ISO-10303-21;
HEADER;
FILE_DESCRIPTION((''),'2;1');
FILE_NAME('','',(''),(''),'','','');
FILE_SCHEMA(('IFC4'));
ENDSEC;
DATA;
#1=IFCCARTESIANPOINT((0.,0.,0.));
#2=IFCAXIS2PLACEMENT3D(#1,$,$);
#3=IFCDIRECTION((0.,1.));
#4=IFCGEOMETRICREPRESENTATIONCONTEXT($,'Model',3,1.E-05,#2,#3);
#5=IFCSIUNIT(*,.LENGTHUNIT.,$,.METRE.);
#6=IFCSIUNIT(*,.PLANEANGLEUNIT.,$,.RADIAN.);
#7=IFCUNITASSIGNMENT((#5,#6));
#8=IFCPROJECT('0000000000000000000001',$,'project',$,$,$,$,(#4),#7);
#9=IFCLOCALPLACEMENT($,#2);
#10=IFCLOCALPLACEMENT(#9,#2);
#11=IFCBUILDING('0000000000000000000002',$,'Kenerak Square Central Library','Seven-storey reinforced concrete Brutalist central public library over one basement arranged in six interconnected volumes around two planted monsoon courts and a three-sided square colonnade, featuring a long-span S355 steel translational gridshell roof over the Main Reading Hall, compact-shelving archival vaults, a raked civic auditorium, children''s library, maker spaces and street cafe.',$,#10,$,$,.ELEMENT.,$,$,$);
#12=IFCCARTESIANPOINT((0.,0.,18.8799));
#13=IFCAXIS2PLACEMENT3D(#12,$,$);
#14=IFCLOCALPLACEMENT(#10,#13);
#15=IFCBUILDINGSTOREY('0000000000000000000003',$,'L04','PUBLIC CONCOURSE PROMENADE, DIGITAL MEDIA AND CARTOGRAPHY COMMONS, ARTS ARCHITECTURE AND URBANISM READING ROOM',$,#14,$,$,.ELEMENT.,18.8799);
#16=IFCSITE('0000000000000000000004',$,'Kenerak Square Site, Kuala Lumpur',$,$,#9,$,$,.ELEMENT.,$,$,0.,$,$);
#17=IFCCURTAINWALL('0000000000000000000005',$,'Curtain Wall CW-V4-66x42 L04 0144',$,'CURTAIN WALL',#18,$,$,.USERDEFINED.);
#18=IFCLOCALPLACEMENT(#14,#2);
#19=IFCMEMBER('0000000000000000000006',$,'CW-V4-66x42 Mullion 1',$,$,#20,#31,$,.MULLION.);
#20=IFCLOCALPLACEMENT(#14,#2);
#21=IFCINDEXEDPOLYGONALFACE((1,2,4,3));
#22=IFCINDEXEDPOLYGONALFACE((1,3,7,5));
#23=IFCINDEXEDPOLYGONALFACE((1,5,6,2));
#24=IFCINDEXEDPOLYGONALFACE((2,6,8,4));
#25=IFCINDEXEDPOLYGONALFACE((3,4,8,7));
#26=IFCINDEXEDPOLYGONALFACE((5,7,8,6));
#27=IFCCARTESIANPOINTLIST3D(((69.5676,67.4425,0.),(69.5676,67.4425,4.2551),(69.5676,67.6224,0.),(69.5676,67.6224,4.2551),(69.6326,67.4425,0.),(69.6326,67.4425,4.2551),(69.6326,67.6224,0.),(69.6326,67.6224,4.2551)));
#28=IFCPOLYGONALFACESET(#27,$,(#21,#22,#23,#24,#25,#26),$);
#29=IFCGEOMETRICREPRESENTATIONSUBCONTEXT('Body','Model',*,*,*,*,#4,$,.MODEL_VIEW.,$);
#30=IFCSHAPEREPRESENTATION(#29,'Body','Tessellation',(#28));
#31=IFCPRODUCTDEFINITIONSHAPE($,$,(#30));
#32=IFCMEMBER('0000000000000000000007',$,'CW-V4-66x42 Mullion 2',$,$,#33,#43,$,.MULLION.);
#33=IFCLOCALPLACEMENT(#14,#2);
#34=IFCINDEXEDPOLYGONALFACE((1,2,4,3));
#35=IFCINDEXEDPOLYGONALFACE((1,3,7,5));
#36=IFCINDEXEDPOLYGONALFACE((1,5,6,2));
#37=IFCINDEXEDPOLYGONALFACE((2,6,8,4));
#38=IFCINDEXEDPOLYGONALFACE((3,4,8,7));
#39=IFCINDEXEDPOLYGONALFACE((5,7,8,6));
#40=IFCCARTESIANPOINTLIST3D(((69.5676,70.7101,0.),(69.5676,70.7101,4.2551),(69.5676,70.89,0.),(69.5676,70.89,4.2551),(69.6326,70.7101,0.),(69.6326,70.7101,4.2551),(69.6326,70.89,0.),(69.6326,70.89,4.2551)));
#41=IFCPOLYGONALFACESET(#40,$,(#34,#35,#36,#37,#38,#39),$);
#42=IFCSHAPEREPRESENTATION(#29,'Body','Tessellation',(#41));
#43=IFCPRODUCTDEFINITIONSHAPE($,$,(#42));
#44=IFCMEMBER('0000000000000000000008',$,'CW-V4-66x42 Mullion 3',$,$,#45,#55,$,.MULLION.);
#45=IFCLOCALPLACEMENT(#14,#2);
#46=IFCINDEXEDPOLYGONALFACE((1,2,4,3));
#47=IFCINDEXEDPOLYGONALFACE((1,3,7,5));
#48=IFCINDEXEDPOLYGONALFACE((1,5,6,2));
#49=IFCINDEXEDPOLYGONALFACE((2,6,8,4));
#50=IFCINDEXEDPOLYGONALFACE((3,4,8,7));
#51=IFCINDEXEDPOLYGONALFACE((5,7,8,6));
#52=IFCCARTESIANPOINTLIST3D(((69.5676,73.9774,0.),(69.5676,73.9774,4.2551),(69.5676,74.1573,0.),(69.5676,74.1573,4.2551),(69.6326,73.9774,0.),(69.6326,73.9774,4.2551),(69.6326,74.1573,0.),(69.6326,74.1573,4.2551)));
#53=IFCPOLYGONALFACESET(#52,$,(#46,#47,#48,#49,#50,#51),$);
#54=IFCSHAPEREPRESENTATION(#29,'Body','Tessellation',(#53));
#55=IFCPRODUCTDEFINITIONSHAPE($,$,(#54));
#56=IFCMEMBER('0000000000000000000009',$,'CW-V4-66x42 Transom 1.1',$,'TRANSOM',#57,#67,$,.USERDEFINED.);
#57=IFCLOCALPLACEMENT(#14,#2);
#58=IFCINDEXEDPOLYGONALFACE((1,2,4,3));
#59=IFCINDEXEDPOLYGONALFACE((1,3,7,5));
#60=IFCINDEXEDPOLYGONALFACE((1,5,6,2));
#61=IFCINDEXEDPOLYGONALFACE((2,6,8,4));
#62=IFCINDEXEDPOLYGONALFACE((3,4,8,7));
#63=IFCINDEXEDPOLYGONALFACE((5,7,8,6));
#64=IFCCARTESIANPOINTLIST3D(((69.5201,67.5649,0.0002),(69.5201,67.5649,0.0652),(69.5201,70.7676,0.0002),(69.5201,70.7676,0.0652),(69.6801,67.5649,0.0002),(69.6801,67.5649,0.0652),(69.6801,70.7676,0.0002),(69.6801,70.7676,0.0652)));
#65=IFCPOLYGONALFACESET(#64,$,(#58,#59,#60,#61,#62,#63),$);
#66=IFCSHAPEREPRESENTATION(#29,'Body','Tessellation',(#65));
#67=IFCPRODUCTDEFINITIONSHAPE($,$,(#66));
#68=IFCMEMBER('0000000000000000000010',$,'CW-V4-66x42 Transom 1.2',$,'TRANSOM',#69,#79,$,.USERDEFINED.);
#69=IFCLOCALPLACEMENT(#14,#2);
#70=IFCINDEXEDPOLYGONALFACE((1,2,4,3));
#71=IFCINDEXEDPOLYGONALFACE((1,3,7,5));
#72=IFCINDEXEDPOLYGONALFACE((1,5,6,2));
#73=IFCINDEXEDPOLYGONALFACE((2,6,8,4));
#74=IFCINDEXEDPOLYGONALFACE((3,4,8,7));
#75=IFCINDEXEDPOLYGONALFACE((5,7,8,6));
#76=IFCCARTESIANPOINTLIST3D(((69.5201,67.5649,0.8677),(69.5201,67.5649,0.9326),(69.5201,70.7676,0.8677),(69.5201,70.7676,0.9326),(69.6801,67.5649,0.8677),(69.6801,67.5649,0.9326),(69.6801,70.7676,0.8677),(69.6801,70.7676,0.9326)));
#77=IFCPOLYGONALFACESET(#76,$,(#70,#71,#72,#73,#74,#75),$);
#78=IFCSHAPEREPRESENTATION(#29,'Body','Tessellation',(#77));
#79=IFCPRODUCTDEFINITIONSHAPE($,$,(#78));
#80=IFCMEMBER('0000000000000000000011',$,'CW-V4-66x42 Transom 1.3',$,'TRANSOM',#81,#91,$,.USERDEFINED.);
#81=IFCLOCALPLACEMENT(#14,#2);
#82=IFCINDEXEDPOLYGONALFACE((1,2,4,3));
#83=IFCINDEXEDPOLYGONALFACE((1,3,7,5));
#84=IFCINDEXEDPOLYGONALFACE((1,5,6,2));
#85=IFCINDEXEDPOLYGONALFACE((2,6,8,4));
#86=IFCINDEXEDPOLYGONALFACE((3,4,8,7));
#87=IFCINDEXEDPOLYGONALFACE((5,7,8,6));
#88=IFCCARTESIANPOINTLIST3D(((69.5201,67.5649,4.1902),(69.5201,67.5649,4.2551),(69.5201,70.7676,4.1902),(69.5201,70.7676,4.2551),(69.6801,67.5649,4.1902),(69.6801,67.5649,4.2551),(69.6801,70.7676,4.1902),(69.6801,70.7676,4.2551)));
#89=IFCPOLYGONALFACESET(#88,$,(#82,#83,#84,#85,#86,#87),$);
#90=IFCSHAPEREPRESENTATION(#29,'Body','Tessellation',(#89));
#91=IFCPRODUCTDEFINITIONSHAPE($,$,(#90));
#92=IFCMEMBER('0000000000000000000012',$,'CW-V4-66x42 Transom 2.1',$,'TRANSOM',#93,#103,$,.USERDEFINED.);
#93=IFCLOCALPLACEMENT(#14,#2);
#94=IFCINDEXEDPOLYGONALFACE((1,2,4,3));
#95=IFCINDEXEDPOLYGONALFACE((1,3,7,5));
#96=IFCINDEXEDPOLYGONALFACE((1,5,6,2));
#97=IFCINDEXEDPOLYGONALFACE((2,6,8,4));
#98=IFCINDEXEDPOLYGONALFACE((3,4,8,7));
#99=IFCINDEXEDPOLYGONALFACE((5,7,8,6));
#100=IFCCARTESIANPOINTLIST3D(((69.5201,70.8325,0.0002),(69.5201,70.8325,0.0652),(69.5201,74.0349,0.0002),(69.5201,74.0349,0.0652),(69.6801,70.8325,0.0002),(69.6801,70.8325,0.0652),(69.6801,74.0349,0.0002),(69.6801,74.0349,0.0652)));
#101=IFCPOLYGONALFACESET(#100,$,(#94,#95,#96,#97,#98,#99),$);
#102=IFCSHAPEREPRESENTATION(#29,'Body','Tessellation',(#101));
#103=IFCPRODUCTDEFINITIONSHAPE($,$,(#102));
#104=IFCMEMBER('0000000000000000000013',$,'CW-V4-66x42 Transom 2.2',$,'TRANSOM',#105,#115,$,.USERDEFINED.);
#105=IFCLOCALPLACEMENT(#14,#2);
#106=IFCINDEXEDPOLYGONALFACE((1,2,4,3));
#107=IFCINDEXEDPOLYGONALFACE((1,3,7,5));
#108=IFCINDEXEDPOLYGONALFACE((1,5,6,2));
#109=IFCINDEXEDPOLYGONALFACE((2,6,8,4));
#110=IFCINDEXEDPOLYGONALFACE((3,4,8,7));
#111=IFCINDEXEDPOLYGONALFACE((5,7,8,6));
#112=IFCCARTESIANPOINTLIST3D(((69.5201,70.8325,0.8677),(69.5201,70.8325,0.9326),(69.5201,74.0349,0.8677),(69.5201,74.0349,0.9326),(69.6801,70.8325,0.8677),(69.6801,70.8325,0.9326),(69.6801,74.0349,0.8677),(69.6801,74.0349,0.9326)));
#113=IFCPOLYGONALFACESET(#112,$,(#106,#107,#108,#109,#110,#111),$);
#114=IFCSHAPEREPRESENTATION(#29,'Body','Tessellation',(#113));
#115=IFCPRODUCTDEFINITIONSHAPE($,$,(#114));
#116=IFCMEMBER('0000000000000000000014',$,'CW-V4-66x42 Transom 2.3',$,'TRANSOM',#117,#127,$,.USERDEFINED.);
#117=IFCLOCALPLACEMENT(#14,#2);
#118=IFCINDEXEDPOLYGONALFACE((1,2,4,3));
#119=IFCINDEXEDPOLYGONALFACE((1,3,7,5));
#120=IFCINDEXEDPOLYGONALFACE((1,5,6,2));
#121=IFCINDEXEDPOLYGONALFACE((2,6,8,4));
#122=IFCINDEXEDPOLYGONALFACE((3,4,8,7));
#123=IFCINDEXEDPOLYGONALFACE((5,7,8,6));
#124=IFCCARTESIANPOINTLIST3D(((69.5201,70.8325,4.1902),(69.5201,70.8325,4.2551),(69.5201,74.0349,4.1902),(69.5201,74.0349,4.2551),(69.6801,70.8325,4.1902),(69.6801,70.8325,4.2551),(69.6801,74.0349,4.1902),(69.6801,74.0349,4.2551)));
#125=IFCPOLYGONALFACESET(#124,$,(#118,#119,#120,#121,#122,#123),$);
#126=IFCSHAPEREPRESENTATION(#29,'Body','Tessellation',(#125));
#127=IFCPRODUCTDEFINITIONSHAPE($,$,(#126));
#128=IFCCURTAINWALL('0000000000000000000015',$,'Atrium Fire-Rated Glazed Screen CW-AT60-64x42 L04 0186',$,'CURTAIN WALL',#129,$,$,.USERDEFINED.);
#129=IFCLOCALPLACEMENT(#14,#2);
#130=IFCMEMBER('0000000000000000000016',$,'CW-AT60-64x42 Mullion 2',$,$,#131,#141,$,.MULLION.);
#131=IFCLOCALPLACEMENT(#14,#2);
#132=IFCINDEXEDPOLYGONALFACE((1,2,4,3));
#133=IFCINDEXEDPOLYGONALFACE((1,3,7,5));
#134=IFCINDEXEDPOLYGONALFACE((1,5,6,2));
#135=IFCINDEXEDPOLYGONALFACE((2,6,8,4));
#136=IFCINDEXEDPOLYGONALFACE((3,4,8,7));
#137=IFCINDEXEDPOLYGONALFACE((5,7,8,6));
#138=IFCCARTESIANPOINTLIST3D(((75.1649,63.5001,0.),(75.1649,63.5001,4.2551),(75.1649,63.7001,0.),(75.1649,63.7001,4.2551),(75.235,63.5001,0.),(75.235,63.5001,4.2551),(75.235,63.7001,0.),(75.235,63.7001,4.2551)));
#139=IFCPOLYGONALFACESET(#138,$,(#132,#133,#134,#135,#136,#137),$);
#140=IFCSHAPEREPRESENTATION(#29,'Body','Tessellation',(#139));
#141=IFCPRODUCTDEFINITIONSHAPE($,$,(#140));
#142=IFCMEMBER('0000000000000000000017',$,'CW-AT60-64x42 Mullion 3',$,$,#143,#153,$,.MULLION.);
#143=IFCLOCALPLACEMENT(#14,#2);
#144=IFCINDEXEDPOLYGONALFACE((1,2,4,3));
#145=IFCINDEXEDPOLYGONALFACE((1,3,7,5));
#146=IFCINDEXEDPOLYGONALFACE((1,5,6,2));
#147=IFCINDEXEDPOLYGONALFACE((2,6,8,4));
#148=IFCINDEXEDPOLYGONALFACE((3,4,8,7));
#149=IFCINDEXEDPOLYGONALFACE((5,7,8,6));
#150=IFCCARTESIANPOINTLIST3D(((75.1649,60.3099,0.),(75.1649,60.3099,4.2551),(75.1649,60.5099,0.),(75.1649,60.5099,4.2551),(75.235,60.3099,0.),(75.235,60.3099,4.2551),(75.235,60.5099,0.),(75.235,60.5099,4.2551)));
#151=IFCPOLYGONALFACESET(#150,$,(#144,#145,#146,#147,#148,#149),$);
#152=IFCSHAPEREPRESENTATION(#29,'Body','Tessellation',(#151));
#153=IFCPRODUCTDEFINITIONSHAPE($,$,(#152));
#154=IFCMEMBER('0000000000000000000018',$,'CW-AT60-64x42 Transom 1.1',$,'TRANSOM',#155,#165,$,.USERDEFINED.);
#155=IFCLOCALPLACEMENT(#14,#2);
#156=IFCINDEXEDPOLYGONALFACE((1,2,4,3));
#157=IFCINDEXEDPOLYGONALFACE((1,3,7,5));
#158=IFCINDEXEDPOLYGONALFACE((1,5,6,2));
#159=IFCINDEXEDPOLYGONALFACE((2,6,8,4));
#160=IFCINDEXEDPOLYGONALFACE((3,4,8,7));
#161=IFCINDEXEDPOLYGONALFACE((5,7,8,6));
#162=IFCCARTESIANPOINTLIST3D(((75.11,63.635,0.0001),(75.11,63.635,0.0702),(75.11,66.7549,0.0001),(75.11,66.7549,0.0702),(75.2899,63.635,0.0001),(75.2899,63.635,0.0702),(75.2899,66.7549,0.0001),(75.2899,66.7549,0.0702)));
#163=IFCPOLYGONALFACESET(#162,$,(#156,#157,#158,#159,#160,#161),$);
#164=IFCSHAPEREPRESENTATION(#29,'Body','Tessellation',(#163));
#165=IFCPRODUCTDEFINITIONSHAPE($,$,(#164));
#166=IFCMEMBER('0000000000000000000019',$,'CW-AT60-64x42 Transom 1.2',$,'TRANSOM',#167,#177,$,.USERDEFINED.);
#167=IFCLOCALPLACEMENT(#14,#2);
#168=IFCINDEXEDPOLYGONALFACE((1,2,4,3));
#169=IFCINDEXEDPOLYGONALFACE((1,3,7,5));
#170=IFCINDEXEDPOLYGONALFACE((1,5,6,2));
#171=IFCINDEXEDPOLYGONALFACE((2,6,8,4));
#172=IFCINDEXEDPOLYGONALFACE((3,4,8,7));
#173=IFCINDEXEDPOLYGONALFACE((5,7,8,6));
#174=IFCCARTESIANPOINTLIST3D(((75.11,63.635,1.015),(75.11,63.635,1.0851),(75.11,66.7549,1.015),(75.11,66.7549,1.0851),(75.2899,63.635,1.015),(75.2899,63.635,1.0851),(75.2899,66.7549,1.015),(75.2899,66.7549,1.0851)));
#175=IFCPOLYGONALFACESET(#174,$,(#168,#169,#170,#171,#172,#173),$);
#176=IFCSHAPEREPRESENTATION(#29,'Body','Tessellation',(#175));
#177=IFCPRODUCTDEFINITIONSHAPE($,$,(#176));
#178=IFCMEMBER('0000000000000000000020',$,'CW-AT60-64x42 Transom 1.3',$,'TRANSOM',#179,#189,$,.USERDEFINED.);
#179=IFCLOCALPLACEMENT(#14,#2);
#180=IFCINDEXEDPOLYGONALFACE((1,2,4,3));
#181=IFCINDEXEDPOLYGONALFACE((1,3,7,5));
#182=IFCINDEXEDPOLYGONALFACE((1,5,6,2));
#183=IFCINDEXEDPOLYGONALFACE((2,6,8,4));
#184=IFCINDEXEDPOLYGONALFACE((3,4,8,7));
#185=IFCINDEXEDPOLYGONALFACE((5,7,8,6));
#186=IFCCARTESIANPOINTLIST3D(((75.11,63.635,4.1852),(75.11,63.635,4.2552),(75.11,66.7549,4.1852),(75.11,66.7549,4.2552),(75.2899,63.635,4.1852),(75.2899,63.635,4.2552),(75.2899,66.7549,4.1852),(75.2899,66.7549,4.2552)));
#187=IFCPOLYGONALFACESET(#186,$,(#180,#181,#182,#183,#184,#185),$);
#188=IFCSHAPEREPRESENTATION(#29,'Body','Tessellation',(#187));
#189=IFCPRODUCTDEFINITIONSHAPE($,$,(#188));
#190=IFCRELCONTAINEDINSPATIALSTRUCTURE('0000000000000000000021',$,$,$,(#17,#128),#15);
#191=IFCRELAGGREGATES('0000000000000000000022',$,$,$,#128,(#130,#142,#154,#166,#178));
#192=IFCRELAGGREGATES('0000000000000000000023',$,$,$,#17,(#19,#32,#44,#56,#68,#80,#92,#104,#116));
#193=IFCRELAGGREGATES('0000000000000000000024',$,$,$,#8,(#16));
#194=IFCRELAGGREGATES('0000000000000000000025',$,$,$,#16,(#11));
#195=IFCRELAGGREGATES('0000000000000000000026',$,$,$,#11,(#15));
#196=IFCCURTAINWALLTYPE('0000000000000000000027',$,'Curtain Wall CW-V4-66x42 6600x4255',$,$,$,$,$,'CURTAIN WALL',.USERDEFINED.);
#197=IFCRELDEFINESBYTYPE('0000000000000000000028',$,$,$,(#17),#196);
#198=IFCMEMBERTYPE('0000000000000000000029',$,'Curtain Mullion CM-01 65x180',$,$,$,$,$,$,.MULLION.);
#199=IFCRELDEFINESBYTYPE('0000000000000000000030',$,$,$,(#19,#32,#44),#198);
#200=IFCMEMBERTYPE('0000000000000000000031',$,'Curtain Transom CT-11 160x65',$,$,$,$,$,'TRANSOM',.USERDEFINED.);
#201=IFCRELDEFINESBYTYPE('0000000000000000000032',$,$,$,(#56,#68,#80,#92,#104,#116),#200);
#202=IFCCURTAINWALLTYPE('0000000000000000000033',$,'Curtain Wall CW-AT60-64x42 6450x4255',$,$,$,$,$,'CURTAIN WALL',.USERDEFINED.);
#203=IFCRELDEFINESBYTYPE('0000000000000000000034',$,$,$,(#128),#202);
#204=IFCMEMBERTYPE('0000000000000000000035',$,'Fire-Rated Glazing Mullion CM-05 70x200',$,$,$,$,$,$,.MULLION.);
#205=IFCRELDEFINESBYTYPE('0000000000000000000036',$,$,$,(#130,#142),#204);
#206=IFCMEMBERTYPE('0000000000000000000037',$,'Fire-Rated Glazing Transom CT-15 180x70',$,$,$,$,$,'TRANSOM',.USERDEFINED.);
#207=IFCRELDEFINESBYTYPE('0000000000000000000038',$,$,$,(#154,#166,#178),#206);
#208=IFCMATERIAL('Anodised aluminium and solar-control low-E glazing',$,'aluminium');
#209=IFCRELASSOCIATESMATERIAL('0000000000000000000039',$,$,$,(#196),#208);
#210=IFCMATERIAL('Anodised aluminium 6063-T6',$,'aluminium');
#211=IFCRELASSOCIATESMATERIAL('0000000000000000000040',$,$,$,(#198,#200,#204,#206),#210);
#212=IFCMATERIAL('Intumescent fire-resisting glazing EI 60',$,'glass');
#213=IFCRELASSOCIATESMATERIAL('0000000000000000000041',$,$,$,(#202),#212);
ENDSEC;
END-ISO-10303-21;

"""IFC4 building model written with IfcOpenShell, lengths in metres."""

from ifc_helpers import new_model, si_unit, direction, frame, origin, origin_2d, place, context, subcontext, project, spatial, rectangle, extrude, material, material_profile, profile_set, type_object, element, aggregate, save


model = new_model("IFC4")

# Units and contexts
model_context = context("Model", 3, precision=1e-05, world=origin(), true_north=direction((0.0, 1.0)))
body_context = subcontext(model_context, "Body", "Model", "MODEL_VIEW")
ifc_project = project(units=[si_unit("LENGTHUNIT", "METRE"), si_unit("PLANEANGLEUNIT", "RADIAN")], contexts=[model_context])

# Site, building, storey
site_placement = place(None, origin())
site = spatial("IfcSite", under=ifc_project, at=site_placement, Name="Kenerak Square Site, Kuala Lumpur", CompositionType="ELEMENT", RefElevation=0.0)
building_placement = place(site_placement, origin())
building = spatial("IfcBuilding", under=site, at=building_placement, Name="Kenerak Square Central Library", Description="Seven-storey reinforced concrete Brutalist central public library over one basement arranged in six interconnected volumes around two planted monsoon courts and a three-sided square colonnade, featuring a long-span S355 steel translational gridshell roof over the Main Reading Hall, compact-shelving archival vaults, a raked civic auditorium, children's library, maker spaces and street cafe.", CompositionType="ELEMENT")
storey_placement = place(building_placement, frame((0.0, 0.0, 18.8799)))
storey = spatial("IfcBuildingStorey", under=building, at=storey_placement, Name="L04", Description="PUBLIC CONCOURSE PROMENADE, DIGITAL MEDIA AND CARTOGRAPHY COMMONS, ARTS ARCHITECTURE AND URBANISM READING ROOM", CompositionType="ELEMENT", Elevation=18.8799)

# Curtain walls, members
ifc_material_1 = material(Name="Anodised aluminium and solar-control low-E glazing", Category="aluminium")
curtain_wall_type_1 = type_object("IfcCurtainWallType", Name="Curtain Wall CW-V4-66x42 6600x4255", ElementType="CURTAIN WALL", PredefinedType="USERDEFINED", material=ifc_material_1)
curtain_wall_1_placement = place(storey_placement, origin())
curtain_wall_1 = element("IfcCurtainWall", 1, at=curtain_wall_1_placement, inside=storey, type_object=curtain_wall_type_1, Name="Curtain Wall CW-V4-66x42 L04 0144", ObjectType="CURTAIN WALL", PredefinedType="USERDEFINED")
ifc_material_2 = material(Name="Anodised aluminium 6063-T6", Category="aluminium")
ifc_material_profile_1 = material_profile(ifc_material_2, rectangle(XDim=0.0649, YDim=0.1799, at=origin_2d()), Name="AL MULLION 65x180")
ifc_profile_set_1 = profile_set([ifc_material_profile_1], Name="Anodised aluminium 6063-T6")
member_type_1 = type_object("IfcMemberType", Name="Curtain Mullion CM-01 65x180", PredefinedType="MULLION", material=ifc_profile_set_1)
member_1_placement = place(storey_placement, frame((69.6001, 67.5325, 0.0), z_axis=(0.0, 0.0, 1.0), x_axis=(-1.0, 0.0, 0.0)))
member_1 = element("IfcMember", 2, at=member_1_placement, type_object=member_type_1, Name="CW-V4-66x42 Mullion 1", PredefinedType="MULLION", context=body_context, shape_type="SweptSolid", body=[
    extrude(rectangle(XDim=0.0649, YDim=0.1799, at=origin_2d()), origin(), (0.0, 0.0, 1.0), 4.2551),
])
member_2_placement = place(storey_placement, frame((69.6001, 70.8, 0.0), z_axis=(0.0, 0.0, 1.0), x_axis=(-1.0, 0.0, 0.0)))
member_2 = element("IfcMember", 3, at=member_2_placement, type_object=member_type_1, Name="CW-V4-66x42 Mullion 2", PredefinedType="MULLION", context=body_context, shape_type="SweptSolid", body=[
    extrude(rectangle(XDim=0.0649, YDim=0.1799, at=origin_2d()), origin(), (0.0, 0.0, 1.0), 4.2551),
])
member_3_placement = place(storey_placement, frame((69.6001, 74.0674, 0.0), z_axis=(0.0, 0.0, 1.0), x_axis=(-1.0, 0.0, 0.0)))
member_3 = element("IfcMember", 4, at=member_3_placement, type_object=member_type_1, Name="CW-V4-66x42 Mullion 3", PredefinedType="MULLION", context=body_context, shape_type="SweptSolid", body=[
    extrude(rectangle(XDim=0.0649, YDim=0.1799, at=origin_2d()), origin(), (0.0, 0.0, 1.0), 4.2551),
])
ifc_material_profile_2 = material_profile(ifc_material_2, rectangle(XDim=0.1599, YDim=0.0649, at=origin_2d()), Name="AL TRANSOM 160x65")
ifc_profile_set_2 = profile_set([ifc_material_profile_2], Name="Anodised aluminium 6063-T6")
member_type_2 = type_object("IfcMemberType", Name="Curtain Transom CT-11 160x65", ElementType="TRANSOM", PredefinedType="USERDEFINED", material=ifc_profile_set_2)
member_4_placement = place(storey_placement, frame((69.6001, 67.5649, 0.0327), z_axis=(0.0, 1.0, 0.0), x_axis=(-1.0, 0.0, 0.0)))
member_4 = element("IfcMember", 5, at=member_4_placement, type_object=member_type_2, Name="CW-V4-66x42 Transom 1.1", ObjectType="TRANSOM", PredefinedType="USERDEFINED", context=body_context, shape_type="SweptSolid", body=[
    extrude(rectangle(XDim=0.1599, YDim=0.0649, at=origin_2d()), origin(), (0.0, 0.0, 1.0), 3.2026),
])
member_5_placement = place(storey_placement, frame((69.6001, 67.5649, 0.9001), z_axis=(0.0, 1.0, 0.0), x_axis=(-1.0, 0.0, 0.0)))
member_5 = element("IfcMember", 6, at=member_5_placement, type_object=member_type_2, Name="CW-V4-66x42 Transom 1.2", ObjectType="TRANSOM", PredefinedType="USERDEFINED", context=body_context, shape_type="SweptSolid", body=[
    extrude(rectangle(XDim=0.1599, YDim=0.0649, at=origin_2d()), origin(), (0.0, 0.0, 1.0), 3.2026),
])
member_6_placement = place(storey_placement, frame((69.6001, 67.5649, 4.2227), z_axis=(0.0, 1.0, 0.0), x_axis=(-1.0, 0.0, 0.0)))
member_6 = element("IfcMember", 7, at=member_6_placement, type_object=member_type_2, Name="CW-V4-66x42 Transom 1.3", ObjectType="TRANSOM", PredefinedType="USERDEFINED", context=body_context, shape_type="SweptSolid", body=[
    extrude(rectangle(XDim=0.1599, YDim=0.0649, at=origin_2d()), origin(), (0.0, 0.0, 1.0), 3.2026),
])
member_7_placement = place(storey_placement, frame((69.6001, 70.8325, 0.0327), z_axis=(0.0, 1.0, 0.0), x_axis=(-1.0, 0.0, 0.0)))
member_7 = element("IfcMember", 8, at=member_7_placement, type_object=member_type_2, Name="CW-V4-66x42 Transom 2.1", ObjectType="TRANSOM", PredefinedType="USERDEFINED", context=body_context, shape_type="SweptSolid", body=[
    extrude(rectangle(XDim=0.1599, YDim=0.0649, at=origin_2d()), origin(), (0.0, 0.0, 1.0), 3.2024),
])
member_8_placement = place(storey_placement, frame((69.6001, 70.8325, 0.9001), z_axis=(0.0, 1.0, 0.0), x_axis=(-1.0, 0.0, 0.0)))
member_8 = element("IfcMember", 9, at=member_8_placement, type_object=member_type_2, Name="CW-V4-66x42 Transom 2.2", ObjectType="TRANSOM", PredefinedType="USERDEFINED", context=body_context, shape_type="SweptSolid", body=[
    extrude(rectangle(XDim=0.1599, YDim=0.0649, at=origin_2d()), origin(), (0.0, 0.0, 1.0), 3.2024),
])
member_9_placement = place(storey_placement, frame((69.6001, 70.8325, 4.2227), z_axis=(0.0, 1.0, 0.0), x_axis=(-1.0, 0.0, 0.0)))
member_9 = element("IfcMember", 10, at=member_9_placement, type_object=member_type_2, Name="CW-V4-66x42 Transom 2.3", ObjectType="TRANSOM", PredefinedType="USERDEFINED", context=body_context, shape_type="SweptSolid", body=[
    extrude(rectangle(XDim=0.1599, YDim=0.0649, at=origin_2d()), origin(), (0.0, 0.0, 1.0), 3.2024),
])
ifc_material_3 = material(Name="Intumescent fire-resisting glazing EI 60", Category="glass")
curtain_wall_type_2 = type_object("IfcCurtainWallType", Name="Curtain Wall CW-AT60-64x42 6450x4255", ElementType="CURTAIN WALL", PredefinedType="USERDEFINED", material=ifc_material_3)
curtain_wall_2_placement = place(storey_placement, origin())
curtain_wall_2 = element("IfcCurtainWall", 11, at=curtain_wall_2_placement, inside=storey, type_object=curtain_wall_type_2, Name="Atrium Fire-Rated Glazed Screen CW-AT60-64x42 L04 0186", ObjectType="CURTAIN WALL", PredefinedType="USERDEFINED")
ifc_material_profile_3 = material_profile(ifc_material_2, rectangle(XDim=0.0701, YDim=0.2, at=origin_2d()), Name="AL MULLION 70x200")
ifc_profile_set_3 = profile_set([ifc_material_profile_3], Name="Anodised aluminium 6063-T6")
member_type_3 = type_object("IfcMemberType", Name="Fire-Rated Glazing Mullion CM-05 70x200", PredefinedType="MULLION", material=ifc_profile_set_3)
member_10_placement = place(storey_placement, frame((75.2, 63.6001, 0.0), z_axis=(0.0, 0.0, 1.0), x_axis=(1.0, 0.0, 0.0)))
member_10 = element("IfcMember", 12, at=member_10_placement, type_object=member_type_3, Name="CW-AT60-64x42 Mullion 2", PredefinedType="MULLION", context=body_context, shape_type="SweptSolid", body=[
    extrude(rectangle(XDim=0.0701, YDim=0.2, at=origin_2d()), origin(), (0.0, 0.0, 1.0), 4.2551),
])
member_11_placement = place(storey_placement, frame((75.2, 60.4099, 0.0), z_axis=(0.0, 0.0, 1.0), x_axis=(1.0, 0.0, 0.0)))
member_11 = element("IfcMember", 13, at=member_11_placement, type_object=member_type_3, Name="CW-AT60-64x42 Mullion 3", PredefinedType="MULLION", context=body_context, shape_type="SweptSolid", body=[
    extrude(rectangle(XDim=0.0701, YDim=0.2, at=origin_2d()), origin(), (0.0, 0.0, 1.0), 4.2551),
])
ifc_material_profile_4 = material_profile(ifc_material_2, rectangle(XDim=0.1799, YDim=0.0701, at=origin_2d()), Name="AL TRANSOM 180x70")
ifc_profile_set_4 = profile_set([ifc_material_profile_4], Name="Anodised aluminium 6063-T6")
member_type_4 = type_object("IfcMemberType", Name="Fire-Rated Glazing Transom CT-15 180x70", ElementType="TRANSOM", PredefinedType="USERDEFINED", material=ifc_profile_set_4)
member_12_placement = place(storey_placement, frame((75.2, 66.7549, 0.0352), z_axis=(0.0, -1.0, 0.0), x_axis=(1.0, 0.0, 0.0)))
member_12 = element("IfcMember", 14, at=member_12_placement, type_object=member_type_4, Name="CW-AT60-64x42 Transom 1.1", ObjectType="TRANSOM", PredefinedType="USERDEFINED", context=body_context, shape_type="SweptSolid", body=[
    extrude(rectangle(XDim=0.1799, YDim=0.0701, at=origin_2d()), origin(), (0.0, 0.0, 1.0), 3.1199),
])
member_13_placement = place(storey_placement, frame((75.2, 66.7549, 1.05), z_axis=(0.0, -1.0, 0.0), x_axis=(1.0, 0.0, 0.0)))
member_13 = element("IfcMember", 15, at=member_13_placement, type_object=member_type_4, Name="CW-AT60-64x42 Transom 1.2", ObjectType="TRANSOM", PredefinedType="USERDEFINED", context=body_context, shape_type="SweptSolid", body=[
    extrude(rectangle(XDim=0.1799, YDim=0.0701, at=origin_2d()), origin(), (0.0, 0.0, 1.0), 3.1199),
])
member_14_placement = place(storey_placement, frame((75.2, 66.7549, 4.2202), z_axis=(0.0, -1.0, 0.0), x_axis=(1.0, 0.0, 0.0)))
member_14 = element("IfcMember", 16, at=member_14_placement, type_object=member_type_4, Name="CW-AT60-64x42 Transom 1.3", ObjectType="TRANSOM", PredefinedType="USERDEFINED", context=body_context, shape_type="SweptSolid", body=[
    extrude(rectangle(XDim=0.1799, YDim=0.0701, at=origin_2d()), origin(), (0.0, 0.0, 1.0), 3.1199),
])

aggregate(curtain_wall_2, [member_10, member_11, member_12, member_13, member_14])
aggregate(curtain_wall_1, [member_1, member_2, member_3, member_4, member_5, member_6, member_7, member_8, member_9])

save(model, "model.ifc")
